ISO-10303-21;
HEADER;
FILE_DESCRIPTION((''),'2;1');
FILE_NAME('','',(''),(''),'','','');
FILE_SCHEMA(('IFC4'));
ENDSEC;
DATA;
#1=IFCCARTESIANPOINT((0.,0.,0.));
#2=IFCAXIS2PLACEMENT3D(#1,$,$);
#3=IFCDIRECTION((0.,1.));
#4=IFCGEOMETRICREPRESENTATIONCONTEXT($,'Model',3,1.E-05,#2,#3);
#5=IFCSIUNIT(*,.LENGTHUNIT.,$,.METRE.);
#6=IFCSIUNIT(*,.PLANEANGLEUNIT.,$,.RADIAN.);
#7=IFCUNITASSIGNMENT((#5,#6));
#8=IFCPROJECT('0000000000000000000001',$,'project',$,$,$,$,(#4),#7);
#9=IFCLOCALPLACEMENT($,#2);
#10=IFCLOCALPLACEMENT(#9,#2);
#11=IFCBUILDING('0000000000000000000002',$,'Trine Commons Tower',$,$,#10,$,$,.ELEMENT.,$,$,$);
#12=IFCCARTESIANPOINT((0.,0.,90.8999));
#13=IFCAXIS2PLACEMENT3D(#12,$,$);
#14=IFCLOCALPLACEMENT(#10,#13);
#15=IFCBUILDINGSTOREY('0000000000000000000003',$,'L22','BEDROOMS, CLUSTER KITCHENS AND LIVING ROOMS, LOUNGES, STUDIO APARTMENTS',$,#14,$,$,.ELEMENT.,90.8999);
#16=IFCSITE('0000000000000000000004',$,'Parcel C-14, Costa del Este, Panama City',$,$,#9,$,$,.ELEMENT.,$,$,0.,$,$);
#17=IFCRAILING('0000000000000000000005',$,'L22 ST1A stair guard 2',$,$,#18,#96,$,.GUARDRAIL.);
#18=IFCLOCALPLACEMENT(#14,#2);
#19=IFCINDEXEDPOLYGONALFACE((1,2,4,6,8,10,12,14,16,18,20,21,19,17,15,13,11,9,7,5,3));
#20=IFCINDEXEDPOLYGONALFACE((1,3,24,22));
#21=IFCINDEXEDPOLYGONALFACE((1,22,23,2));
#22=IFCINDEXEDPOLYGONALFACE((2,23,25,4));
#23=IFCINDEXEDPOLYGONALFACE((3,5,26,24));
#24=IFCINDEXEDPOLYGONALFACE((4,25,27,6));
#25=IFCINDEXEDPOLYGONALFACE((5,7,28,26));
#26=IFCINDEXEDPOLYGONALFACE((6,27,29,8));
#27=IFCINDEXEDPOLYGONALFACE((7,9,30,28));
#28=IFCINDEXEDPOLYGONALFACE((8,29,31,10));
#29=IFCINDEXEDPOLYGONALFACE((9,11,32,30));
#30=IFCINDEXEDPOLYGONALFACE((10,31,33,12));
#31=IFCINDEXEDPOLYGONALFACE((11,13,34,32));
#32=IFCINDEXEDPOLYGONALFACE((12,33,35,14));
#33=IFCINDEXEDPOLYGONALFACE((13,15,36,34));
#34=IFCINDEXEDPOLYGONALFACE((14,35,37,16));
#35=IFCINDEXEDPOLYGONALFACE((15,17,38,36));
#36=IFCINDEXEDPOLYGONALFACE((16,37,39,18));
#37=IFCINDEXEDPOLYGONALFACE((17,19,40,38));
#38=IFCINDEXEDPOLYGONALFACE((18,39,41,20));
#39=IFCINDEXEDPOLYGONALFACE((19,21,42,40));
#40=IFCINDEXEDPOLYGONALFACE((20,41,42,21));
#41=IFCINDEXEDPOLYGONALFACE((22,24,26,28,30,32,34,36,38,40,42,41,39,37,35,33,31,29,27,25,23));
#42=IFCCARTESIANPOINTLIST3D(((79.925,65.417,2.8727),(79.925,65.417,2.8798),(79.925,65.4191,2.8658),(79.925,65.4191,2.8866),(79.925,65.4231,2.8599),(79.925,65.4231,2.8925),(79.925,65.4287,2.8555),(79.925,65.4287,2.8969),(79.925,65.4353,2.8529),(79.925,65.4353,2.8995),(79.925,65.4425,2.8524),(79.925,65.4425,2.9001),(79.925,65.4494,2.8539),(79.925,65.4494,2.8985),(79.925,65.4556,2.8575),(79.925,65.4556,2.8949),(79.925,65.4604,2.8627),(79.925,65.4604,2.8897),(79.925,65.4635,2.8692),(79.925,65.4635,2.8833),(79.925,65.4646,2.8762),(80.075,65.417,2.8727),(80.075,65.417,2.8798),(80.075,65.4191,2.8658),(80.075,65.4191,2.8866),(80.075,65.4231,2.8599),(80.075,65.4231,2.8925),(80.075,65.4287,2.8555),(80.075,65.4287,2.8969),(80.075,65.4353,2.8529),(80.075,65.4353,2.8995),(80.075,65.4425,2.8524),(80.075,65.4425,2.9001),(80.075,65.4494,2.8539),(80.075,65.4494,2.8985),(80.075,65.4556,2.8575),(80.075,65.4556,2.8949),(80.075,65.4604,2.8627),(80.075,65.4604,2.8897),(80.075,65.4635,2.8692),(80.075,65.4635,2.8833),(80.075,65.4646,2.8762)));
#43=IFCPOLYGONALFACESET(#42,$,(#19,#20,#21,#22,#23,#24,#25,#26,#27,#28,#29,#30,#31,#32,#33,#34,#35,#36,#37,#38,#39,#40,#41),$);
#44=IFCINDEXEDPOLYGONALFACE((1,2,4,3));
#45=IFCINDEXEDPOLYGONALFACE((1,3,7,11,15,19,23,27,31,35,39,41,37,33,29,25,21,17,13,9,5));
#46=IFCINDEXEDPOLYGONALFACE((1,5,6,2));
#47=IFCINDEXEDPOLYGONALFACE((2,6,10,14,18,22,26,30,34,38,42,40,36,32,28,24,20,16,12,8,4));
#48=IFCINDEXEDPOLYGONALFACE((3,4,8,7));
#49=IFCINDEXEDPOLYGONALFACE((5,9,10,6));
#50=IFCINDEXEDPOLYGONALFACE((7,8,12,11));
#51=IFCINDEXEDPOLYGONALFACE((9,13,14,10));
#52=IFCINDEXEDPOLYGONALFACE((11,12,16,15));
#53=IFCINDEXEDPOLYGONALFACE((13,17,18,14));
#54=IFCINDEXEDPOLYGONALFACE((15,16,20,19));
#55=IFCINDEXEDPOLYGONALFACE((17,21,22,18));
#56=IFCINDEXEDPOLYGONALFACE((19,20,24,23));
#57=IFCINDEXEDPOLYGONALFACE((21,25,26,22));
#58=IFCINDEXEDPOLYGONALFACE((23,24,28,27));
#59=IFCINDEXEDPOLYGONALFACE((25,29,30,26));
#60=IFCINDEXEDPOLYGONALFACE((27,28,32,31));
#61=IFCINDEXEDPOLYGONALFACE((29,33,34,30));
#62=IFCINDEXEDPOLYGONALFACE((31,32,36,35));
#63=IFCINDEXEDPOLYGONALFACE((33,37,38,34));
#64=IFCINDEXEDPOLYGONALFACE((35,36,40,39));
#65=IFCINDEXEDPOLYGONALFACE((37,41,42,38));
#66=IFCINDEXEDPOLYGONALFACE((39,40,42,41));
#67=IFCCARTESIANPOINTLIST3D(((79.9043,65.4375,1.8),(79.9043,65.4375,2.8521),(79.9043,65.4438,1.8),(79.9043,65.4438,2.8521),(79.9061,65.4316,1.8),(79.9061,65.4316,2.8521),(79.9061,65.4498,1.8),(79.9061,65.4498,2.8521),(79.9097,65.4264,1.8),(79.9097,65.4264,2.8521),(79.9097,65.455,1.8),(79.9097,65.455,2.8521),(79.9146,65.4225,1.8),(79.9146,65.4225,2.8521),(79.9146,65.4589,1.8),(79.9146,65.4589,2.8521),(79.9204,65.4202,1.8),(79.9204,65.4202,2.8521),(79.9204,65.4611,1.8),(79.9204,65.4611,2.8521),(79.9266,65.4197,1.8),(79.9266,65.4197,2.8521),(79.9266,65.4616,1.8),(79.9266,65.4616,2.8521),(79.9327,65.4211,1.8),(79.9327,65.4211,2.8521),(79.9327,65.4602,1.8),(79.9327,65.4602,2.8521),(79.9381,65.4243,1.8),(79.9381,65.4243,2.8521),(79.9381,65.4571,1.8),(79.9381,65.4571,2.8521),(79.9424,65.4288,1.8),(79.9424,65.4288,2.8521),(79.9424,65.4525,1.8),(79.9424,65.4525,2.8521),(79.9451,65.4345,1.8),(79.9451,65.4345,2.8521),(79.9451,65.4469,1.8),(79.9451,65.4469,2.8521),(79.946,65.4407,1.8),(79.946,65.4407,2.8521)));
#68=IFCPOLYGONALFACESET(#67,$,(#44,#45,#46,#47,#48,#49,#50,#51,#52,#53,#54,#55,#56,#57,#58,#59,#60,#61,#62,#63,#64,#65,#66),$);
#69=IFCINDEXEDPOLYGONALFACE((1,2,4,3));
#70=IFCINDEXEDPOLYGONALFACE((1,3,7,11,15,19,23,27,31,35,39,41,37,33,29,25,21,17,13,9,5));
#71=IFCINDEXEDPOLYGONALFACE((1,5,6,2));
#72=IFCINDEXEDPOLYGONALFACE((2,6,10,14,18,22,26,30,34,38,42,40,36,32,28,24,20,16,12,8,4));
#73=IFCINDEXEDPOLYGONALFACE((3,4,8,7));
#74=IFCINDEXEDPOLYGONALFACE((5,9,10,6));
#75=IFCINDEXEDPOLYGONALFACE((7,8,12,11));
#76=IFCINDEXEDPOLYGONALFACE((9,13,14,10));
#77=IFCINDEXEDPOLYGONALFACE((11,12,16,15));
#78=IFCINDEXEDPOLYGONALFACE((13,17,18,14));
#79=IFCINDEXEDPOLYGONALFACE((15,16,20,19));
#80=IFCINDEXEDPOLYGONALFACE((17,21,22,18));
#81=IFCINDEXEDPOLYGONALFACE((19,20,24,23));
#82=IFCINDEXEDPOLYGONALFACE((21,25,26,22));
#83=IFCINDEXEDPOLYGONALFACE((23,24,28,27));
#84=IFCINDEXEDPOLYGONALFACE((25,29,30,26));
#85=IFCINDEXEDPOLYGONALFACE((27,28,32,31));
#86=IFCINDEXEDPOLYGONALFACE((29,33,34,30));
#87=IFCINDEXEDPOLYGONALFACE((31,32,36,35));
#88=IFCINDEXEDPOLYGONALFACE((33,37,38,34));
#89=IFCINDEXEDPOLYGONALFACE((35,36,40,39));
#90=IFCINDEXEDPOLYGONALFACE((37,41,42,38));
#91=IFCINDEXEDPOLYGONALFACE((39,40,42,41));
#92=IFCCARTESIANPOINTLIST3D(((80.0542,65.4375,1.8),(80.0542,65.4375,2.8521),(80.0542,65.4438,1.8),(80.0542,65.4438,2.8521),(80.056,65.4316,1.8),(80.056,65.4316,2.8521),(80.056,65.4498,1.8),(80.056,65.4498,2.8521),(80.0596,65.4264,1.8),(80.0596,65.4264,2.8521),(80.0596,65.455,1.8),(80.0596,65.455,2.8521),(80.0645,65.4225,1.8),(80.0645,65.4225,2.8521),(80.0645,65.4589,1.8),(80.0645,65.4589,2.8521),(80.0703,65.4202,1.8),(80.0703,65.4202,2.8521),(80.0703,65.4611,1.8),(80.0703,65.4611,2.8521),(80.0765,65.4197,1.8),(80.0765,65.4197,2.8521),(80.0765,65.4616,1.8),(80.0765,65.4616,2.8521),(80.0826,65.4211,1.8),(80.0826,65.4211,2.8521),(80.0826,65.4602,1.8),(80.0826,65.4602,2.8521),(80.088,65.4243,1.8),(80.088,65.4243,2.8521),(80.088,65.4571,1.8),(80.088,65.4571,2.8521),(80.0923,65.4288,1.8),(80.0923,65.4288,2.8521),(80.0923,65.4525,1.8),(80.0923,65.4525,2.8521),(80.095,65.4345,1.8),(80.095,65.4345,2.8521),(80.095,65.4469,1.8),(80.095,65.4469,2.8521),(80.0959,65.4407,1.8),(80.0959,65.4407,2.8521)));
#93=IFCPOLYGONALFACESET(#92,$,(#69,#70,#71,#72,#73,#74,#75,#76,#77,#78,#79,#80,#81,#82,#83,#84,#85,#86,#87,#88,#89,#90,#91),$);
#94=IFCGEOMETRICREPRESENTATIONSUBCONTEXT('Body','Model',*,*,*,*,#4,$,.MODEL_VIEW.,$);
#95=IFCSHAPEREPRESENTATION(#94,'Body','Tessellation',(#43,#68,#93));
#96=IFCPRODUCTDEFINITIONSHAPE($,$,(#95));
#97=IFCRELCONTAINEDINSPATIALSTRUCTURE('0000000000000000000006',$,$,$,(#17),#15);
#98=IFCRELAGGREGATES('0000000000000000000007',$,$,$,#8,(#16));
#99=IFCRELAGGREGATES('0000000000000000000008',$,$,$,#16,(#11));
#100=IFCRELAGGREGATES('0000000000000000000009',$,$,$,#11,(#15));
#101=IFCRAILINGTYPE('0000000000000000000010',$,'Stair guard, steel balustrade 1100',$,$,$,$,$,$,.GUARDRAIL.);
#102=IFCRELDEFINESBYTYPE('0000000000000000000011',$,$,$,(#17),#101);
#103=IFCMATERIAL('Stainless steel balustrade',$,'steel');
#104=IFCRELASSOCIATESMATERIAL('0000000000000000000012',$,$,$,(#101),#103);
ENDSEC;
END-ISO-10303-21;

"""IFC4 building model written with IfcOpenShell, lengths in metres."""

from ifc_helpers import new_model, si_unit, direction, frame, origin, origin_2d, place, context, subcontext, project, spatial, circle, extrude, material, type_object, element, save


model = new_model("IFC4")

# Units and contexts
model_context = context("Model", 3, precision=1e-05, world=origin(), true_north=direction((0.0, 1.0)))
body_context = subcontext(model_context, "Body", "Model", "MODEL_VIEW")
ifc_project = project(units=[si_unit("LENGTHUNIT", "METRE"), si_unit("PLANEANGLEUNIT", "RADIAN")], contexts=[model_context])

# Site, building, storey
site_placement = place(None, origin())
site = spatial("IfcSite", under=ifc_project, at=site_placement, Name="Parcel C-14, Costa del Este, Panama City", CompositionType="ELEMENT", RefElevation=0.0)
building_placement = place(site_placement, origin())
building = spatial("IfcBuilding", under=site, at=building_placement, Name="Trine Commons Tower", CompositionType="ELEMENT")
storey_placement = place(building_placement, frame((0.0, 0.0, 90.8999)))
storey = spatial("IfcBuildingStorey", under=building, at=storey_placement, Name="L22", Description="BEDROOMS, CLUSTER KITCHENS AND LIVING ROOMS, LOUNGES, STUDIO APARTMENTS", CompositionType="ELEMENT", Elevation=90.8999)

# Railing
ifc_material_1 = material(Name="Stainless steel balustrade", Category="steel")
railing_type_1 = type_object("IfcRailingType", Name="Stair guard, steel balustrade 1100", PredefinedType="GUARDRAIL", material=ifc_material_1)
railing_1_placement = place(storey_placement, frame((79.925, 65.4407, 1.8)))
element("IfcRailing", 1, at=railing_1_placement, inside=storey, type_object=railing_type_1, Name="L22 ST1A stair guard 2", PredefinedType="GUARDRAIL", context=body_context, shape_type="SweptSolid", body=[
    extrude(circle(Radius=0.0239, at=origin_2d()), frame((0.0, 0.0, 1.0762), z_axis=(1.0, 0.0, 0.0), x_axis=(0.0, 1.0, 0.0)), (0.0, 0.0, 1.0), 0.1499),
    extrude(circle(Radius=0.021, at=origin_2d()), origin(), (0.0, 0.0, 1.0), 1.052),
    extrude(circle(Radius=0.021, at=origin_2d()), frame((0.1499, 0.0, 0.0)), (0.0, 0.0, 1.0), 1.052),
])

save(model, "model.ifc")
